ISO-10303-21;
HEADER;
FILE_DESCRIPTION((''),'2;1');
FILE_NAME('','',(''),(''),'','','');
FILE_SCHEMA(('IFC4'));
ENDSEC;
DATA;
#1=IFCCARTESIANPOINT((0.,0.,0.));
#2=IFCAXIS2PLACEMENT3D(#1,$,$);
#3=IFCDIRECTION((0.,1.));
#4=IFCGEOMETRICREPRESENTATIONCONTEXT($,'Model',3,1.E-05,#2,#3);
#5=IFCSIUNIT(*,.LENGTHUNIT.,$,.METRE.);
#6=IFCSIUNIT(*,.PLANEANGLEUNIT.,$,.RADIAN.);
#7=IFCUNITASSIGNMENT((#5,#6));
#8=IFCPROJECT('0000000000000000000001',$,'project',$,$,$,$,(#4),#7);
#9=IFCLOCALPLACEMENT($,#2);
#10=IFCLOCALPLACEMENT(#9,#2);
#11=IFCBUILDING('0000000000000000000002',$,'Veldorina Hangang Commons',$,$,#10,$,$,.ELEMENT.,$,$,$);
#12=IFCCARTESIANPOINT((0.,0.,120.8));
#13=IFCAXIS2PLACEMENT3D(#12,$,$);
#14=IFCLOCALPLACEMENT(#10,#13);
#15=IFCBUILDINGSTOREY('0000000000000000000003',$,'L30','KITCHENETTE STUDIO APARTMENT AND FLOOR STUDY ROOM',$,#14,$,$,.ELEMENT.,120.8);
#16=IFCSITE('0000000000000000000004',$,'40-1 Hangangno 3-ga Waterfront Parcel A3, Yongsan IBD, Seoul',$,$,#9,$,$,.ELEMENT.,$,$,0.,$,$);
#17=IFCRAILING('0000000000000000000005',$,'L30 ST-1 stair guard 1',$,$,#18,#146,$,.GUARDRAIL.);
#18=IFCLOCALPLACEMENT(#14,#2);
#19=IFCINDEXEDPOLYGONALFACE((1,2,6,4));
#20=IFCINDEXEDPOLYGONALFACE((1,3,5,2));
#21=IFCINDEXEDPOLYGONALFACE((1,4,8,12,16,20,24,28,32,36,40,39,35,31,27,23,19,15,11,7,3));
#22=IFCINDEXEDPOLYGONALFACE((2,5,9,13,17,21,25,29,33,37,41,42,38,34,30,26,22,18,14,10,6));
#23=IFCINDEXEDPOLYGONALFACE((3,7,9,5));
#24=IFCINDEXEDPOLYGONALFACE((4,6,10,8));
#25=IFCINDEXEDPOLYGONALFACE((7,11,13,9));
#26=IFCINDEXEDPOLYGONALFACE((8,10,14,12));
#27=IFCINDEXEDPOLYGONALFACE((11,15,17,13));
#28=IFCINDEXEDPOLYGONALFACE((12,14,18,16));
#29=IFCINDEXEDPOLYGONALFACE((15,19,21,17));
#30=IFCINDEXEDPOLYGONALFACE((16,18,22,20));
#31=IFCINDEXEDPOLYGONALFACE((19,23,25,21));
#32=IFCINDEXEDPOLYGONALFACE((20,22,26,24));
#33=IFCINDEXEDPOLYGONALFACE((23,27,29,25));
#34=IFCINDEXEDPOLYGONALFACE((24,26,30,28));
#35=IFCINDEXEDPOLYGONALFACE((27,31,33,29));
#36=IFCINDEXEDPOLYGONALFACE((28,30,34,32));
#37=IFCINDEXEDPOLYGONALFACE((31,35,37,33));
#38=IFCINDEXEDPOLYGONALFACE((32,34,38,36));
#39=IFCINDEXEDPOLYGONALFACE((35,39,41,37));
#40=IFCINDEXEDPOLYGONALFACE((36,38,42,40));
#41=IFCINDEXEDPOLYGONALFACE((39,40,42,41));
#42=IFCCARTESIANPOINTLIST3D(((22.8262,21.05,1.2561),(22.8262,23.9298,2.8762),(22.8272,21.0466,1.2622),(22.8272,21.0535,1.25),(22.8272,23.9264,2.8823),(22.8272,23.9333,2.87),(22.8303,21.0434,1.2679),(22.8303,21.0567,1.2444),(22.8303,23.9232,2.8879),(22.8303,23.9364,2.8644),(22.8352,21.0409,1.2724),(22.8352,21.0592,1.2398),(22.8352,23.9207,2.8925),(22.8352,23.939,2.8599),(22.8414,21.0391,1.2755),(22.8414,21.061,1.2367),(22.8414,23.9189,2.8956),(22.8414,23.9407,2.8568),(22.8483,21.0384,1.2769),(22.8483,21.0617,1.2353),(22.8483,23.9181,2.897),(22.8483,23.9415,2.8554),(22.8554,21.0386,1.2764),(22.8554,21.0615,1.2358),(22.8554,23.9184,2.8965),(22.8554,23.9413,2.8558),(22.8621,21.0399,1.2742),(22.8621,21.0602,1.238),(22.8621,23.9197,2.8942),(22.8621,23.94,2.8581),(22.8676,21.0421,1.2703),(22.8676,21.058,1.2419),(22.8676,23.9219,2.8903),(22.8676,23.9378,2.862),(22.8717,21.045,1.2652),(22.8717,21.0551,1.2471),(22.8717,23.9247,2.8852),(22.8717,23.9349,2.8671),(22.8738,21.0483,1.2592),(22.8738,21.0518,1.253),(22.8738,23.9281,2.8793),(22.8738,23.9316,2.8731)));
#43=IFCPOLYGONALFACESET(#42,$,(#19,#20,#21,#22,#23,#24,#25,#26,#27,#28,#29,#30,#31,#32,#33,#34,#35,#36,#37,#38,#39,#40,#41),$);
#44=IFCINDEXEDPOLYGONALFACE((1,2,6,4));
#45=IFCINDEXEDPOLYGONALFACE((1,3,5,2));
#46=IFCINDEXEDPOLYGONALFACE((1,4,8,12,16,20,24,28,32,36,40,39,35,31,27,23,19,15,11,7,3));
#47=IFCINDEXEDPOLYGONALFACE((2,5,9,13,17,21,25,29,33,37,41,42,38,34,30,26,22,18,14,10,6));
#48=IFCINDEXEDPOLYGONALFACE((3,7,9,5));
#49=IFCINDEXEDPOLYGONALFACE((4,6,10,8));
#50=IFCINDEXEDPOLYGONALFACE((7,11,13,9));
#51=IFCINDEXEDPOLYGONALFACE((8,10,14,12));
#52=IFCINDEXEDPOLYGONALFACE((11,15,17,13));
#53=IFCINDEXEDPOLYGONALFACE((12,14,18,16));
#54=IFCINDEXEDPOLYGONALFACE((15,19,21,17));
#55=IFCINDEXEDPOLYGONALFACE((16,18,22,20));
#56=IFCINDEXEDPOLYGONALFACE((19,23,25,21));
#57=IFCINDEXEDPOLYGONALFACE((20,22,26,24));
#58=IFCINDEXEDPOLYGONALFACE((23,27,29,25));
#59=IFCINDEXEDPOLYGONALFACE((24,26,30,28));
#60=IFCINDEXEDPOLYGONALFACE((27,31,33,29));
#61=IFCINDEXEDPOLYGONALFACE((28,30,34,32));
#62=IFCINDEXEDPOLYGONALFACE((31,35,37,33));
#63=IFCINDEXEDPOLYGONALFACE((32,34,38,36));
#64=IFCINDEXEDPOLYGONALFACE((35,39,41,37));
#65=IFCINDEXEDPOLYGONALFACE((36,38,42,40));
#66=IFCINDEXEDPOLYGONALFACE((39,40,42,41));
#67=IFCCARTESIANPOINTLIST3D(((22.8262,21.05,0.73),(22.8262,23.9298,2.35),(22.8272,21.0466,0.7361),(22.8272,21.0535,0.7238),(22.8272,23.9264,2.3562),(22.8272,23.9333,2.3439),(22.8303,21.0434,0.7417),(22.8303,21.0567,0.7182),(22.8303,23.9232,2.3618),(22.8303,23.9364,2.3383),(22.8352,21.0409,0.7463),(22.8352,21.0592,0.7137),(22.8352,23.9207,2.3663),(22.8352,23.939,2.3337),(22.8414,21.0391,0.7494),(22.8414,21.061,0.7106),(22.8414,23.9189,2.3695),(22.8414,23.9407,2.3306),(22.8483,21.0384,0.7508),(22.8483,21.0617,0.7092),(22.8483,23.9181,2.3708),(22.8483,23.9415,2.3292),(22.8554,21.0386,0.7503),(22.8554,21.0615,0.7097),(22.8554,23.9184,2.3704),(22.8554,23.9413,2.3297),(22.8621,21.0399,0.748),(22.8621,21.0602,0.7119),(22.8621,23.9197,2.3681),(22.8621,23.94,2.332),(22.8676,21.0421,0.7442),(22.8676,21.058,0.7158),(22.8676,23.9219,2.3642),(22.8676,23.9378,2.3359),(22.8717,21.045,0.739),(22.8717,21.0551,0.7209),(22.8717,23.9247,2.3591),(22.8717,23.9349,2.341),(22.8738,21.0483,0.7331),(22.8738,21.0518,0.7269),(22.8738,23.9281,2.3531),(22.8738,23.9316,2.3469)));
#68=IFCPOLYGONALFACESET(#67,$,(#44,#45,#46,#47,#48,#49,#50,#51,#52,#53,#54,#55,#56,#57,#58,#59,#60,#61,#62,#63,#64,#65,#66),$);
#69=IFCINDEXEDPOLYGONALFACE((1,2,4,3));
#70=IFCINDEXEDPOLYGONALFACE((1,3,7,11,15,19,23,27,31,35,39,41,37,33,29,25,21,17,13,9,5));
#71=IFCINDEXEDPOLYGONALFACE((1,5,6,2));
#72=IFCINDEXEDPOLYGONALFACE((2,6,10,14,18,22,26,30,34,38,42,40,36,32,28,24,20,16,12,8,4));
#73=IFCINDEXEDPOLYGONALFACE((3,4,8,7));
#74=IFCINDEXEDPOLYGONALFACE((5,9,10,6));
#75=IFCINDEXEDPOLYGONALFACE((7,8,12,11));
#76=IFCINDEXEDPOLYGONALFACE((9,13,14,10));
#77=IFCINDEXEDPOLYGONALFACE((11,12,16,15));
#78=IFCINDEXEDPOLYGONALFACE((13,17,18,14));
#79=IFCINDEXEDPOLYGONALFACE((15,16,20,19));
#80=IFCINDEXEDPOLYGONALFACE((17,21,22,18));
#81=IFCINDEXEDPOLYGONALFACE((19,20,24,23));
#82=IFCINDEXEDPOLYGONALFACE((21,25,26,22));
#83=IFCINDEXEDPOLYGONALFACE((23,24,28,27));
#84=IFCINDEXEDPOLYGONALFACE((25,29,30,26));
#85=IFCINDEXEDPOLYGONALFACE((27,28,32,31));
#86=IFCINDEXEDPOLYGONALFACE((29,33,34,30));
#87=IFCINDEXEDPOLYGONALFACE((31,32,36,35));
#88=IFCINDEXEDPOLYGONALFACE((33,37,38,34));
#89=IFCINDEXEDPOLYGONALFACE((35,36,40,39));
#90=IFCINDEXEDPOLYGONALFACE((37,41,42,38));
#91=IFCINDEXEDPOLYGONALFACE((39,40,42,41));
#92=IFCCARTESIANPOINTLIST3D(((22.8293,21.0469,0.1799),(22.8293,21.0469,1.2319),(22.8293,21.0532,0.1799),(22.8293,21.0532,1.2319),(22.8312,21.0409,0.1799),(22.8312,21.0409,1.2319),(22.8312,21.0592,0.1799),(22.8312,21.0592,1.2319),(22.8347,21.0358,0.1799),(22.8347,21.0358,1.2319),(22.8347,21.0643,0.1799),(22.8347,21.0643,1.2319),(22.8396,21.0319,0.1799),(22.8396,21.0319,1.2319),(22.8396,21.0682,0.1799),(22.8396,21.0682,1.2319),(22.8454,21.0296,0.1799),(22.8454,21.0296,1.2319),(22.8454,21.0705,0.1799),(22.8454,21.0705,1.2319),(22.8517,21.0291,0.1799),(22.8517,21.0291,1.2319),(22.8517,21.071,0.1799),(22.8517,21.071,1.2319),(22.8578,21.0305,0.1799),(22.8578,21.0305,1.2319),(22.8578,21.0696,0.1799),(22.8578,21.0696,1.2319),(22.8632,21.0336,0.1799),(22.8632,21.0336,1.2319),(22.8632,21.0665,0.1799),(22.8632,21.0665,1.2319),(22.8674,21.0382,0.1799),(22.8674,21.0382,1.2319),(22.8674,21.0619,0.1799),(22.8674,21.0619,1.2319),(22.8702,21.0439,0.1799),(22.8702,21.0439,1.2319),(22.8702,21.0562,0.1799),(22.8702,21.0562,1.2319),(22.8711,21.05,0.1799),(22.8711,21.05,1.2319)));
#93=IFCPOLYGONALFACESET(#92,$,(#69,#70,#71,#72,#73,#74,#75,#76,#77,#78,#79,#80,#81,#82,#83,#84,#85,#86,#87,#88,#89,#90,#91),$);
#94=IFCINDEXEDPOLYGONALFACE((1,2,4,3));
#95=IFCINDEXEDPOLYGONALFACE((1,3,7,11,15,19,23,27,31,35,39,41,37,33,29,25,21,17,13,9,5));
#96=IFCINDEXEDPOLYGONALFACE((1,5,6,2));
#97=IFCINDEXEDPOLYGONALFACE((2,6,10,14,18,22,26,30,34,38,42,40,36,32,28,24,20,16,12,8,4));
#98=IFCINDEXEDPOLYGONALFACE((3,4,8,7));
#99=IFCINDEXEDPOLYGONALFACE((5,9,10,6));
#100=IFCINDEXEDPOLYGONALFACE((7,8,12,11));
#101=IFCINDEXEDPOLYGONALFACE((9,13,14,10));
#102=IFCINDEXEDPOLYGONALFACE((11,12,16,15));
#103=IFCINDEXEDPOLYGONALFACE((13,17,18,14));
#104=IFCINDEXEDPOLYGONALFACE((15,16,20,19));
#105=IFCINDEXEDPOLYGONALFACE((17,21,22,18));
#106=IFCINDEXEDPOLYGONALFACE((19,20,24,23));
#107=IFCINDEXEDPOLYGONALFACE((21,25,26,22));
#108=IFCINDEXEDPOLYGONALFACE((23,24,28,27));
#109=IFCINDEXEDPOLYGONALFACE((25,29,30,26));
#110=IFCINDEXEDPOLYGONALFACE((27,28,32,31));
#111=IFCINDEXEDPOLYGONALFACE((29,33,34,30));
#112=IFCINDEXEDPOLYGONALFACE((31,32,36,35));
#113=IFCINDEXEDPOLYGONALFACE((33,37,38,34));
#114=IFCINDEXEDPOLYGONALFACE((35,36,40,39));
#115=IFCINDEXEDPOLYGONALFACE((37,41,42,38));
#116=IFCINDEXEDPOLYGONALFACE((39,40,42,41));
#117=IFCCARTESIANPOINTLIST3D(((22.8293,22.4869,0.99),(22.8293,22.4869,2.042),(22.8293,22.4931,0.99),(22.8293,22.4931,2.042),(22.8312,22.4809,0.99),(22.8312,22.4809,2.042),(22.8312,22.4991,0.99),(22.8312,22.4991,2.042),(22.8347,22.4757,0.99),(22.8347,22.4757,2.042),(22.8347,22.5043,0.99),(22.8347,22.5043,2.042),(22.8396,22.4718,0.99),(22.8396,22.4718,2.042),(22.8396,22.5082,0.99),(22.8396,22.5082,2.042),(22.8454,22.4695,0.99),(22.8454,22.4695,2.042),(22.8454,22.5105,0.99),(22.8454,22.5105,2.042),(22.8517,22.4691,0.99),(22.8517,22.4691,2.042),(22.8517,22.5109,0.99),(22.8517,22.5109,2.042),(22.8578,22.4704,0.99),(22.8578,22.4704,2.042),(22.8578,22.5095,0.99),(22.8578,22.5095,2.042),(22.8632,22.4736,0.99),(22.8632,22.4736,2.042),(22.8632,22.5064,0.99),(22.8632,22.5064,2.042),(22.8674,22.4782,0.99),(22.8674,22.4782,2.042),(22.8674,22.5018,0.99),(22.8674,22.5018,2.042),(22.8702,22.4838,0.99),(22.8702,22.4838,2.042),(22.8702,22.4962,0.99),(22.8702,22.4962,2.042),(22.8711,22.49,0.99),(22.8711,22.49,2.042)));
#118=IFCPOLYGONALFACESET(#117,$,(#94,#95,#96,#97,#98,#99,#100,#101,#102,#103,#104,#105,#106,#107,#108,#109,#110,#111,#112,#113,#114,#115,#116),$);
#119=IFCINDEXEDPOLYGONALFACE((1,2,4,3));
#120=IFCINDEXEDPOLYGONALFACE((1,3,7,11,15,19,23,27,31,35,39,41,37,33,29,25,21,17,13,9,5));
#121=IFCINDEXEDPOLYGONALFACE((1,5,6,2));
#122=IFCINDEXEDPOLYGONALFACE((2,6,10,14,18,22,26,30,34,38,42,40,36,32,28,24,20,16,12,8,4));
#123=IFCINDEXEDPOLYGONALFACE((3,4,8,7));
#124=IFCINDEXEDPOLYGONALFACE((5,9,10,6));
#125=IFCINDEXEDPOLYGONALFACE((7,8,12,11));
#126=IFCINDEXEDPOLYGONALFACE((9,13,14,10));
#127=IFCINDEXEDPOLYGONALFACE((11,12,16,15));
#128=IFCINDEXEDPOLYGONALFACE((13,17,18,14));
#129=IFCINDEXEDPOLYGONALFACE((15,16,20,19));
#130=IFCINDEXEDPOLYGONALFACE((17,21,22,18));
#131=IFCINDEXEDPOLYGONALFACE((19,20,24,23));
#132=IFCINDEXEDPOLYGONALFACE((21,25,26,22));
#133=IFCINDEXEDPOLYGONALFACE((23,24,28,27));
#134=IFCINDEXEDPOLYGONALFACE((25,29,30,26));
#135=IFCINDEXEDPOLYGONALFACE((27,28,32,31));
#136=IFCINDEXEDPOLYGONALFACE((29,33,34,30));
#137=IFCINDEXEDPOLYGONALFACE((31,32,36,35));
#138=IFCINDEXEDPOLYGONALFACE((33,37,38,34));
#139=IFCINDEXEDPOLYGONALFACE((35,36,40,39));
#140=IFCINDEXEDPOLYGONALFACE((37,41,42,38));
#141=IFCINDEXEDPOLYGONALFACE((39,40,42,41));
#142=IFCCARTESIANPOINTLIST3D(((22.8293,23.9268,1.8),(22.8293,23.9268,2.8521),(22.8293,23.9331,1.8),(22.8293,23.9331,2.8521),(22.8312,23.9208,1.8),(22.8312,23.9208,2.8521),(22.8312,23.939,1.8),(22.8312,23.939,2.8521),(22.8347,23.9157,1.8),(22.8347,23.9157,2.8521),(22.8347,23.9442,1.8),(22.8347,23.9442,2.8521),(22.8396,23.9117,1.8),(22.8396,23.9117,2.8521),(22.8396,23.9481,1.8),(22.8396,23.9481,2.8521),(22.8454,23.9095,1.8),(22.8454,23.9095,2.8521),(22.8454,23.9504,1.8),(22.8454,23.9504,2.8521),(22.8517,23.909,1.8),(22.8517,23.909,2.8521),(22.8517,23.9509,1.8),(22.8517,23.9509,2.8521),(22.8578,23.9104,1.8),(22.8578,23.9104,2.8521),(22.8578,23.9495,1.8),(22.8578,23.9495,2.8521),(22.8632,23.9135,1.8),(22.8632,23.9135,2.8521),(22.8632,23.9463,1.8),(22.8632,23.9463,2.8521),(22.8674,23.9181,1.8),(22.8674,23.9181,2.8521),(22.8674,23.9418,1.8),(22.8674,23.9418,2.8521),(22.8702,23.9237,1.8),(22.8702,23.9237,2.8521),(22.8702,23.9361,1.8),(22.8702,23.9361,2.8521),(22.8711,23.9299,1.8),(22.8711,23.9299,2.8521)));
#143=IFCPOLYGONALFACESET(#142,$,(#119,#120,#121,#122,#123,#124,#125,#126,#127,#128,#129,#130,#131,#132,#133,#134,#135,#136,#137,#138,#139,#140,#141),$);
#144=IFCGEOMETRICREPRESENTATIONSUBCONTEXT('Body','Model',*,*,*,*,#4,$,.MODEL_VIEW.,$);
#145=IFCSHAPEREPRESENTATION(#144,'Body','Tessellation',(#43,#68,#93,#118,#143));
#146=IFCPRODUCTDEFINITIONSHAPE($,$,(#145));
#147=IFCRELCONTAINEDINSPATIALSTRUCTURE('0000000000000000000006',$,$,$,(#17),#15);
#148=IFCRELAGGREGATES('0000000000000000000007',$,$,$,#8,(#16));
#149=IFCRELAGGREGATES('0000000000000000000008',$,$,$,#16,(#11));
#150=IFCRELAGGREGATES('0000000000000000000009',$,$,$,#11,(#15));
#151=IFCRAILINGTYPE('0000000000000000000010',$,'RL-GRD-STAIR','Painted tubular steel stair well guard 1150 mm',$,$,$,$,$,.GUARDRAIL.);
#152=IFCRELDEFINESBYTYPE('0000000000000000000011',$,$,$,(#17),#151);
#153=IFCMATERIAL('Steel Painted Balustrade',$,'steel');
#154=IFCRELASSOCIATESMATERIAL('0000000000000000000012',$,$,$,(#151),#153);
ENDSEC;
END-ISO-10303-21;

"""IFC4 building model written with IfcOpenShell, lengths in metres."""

from ifc_helpers import new_model, si_unit, direction, frame, origin, origin_2d, place, context, subcontext, project, spatial, circle, extrude, material, type_object, element, save


model = new_model("IFC4")

# Units and contexts
model_context = context("Model", 3, precision=1e-05, world=origin(), true_north=direction((0.0, 1.0)))
body_context = subcontext(model_context, "Body", "Model", "MODEL_VIEW")
ifc_project = project(units=[si_unit("LENGTHUNIT", "METRE"), si_unit("PLANEANGLEUNIT", "RADIAN")], contexts=[model_context])

# Site, building, storey
site_placement = place(None, origin())
site = spatial("IfcSite", under=ifc_project, at=site_placement, Name="40-1 Hangangno 3-ga Waterfront Parcel A3, Yongsan IBD, Seoul", CompositionType="ELEMENT", RefElevation=0.0)
building_placement = place(site_placement, origin())
building = spatial("IfcBuilding", under=site, at=building_placement, Name="Veldorina Hangang Commons", CompositionType="ELEMENT")
storey_placement = place(building_placement, frame((0.0, 0.0, 120.8)))
storey = spatial("IfcBuildingStorey", under=building, at=storey_placement, Name="L30", Description="KITCHENETTE STUDIO APARTMENT AND FLOOR STUDY ROOM", CompositionType="ELEMENT", Elevation=120.8)

# Railing
ifc_material_1 = material(Name="Steel Painted Balustrade", Category="steel")
railing_type_1 = type_object("IfcRailingType", Name="RL-GRD-STAIR", Description="Painted tubular steel stair well guard 1150 mm", PredefinedType="GUARDRAIL", material=ifc_material_1)
railing_1_placement = place(storey_placement, frame((22.8501, 21.05, 0.1799)))
element("IfcRailing", 1, at=railing_1_placement, inside=storey, type_object=railing_type_1, Name="L30 ST-1 stair guard 1", PredefinedType="GUARDRAIL", context=body_context, shape_type="SweptSolid", body=[
    extrude(circle(Radius=0.0239, at=origin_2d()), frame((0.0, 0.0, 1.0762), z_axis=(0.0, 0.871552, 0.490303), x_axis=(-1.0, 0.0, 0.0)), (0.0, 0.0, 1.0), 3.3042),
    extrude(circle(Radius=0.0239, at=origin_2d()), frame((0.0, 0.0, 0.55), z_axis=(0.0, 0.871552, 0.490303), x_axis=(-1.0, 0.0, 0.0)), (0.0, 0.0, 1.0), 3.3042),
    extrude(circle(Radius=0.021, at=origin_2d()), origin(), (0.0, 0.0, 1.0), 1.052),
    extrude(circle(Radius=0.021, at=origin_2d()), frame((0.0, 1.4399, 0.8101)), (0.0, 0.0, 1.0), 1.052),
    extrude(circle(Radius=0.021, at=origin_2d()), frame((0.0, 2.8799, 1.6201)), (0.0, 0.0, 1.0), 1.052),
])

save(model, "model.ifc")
